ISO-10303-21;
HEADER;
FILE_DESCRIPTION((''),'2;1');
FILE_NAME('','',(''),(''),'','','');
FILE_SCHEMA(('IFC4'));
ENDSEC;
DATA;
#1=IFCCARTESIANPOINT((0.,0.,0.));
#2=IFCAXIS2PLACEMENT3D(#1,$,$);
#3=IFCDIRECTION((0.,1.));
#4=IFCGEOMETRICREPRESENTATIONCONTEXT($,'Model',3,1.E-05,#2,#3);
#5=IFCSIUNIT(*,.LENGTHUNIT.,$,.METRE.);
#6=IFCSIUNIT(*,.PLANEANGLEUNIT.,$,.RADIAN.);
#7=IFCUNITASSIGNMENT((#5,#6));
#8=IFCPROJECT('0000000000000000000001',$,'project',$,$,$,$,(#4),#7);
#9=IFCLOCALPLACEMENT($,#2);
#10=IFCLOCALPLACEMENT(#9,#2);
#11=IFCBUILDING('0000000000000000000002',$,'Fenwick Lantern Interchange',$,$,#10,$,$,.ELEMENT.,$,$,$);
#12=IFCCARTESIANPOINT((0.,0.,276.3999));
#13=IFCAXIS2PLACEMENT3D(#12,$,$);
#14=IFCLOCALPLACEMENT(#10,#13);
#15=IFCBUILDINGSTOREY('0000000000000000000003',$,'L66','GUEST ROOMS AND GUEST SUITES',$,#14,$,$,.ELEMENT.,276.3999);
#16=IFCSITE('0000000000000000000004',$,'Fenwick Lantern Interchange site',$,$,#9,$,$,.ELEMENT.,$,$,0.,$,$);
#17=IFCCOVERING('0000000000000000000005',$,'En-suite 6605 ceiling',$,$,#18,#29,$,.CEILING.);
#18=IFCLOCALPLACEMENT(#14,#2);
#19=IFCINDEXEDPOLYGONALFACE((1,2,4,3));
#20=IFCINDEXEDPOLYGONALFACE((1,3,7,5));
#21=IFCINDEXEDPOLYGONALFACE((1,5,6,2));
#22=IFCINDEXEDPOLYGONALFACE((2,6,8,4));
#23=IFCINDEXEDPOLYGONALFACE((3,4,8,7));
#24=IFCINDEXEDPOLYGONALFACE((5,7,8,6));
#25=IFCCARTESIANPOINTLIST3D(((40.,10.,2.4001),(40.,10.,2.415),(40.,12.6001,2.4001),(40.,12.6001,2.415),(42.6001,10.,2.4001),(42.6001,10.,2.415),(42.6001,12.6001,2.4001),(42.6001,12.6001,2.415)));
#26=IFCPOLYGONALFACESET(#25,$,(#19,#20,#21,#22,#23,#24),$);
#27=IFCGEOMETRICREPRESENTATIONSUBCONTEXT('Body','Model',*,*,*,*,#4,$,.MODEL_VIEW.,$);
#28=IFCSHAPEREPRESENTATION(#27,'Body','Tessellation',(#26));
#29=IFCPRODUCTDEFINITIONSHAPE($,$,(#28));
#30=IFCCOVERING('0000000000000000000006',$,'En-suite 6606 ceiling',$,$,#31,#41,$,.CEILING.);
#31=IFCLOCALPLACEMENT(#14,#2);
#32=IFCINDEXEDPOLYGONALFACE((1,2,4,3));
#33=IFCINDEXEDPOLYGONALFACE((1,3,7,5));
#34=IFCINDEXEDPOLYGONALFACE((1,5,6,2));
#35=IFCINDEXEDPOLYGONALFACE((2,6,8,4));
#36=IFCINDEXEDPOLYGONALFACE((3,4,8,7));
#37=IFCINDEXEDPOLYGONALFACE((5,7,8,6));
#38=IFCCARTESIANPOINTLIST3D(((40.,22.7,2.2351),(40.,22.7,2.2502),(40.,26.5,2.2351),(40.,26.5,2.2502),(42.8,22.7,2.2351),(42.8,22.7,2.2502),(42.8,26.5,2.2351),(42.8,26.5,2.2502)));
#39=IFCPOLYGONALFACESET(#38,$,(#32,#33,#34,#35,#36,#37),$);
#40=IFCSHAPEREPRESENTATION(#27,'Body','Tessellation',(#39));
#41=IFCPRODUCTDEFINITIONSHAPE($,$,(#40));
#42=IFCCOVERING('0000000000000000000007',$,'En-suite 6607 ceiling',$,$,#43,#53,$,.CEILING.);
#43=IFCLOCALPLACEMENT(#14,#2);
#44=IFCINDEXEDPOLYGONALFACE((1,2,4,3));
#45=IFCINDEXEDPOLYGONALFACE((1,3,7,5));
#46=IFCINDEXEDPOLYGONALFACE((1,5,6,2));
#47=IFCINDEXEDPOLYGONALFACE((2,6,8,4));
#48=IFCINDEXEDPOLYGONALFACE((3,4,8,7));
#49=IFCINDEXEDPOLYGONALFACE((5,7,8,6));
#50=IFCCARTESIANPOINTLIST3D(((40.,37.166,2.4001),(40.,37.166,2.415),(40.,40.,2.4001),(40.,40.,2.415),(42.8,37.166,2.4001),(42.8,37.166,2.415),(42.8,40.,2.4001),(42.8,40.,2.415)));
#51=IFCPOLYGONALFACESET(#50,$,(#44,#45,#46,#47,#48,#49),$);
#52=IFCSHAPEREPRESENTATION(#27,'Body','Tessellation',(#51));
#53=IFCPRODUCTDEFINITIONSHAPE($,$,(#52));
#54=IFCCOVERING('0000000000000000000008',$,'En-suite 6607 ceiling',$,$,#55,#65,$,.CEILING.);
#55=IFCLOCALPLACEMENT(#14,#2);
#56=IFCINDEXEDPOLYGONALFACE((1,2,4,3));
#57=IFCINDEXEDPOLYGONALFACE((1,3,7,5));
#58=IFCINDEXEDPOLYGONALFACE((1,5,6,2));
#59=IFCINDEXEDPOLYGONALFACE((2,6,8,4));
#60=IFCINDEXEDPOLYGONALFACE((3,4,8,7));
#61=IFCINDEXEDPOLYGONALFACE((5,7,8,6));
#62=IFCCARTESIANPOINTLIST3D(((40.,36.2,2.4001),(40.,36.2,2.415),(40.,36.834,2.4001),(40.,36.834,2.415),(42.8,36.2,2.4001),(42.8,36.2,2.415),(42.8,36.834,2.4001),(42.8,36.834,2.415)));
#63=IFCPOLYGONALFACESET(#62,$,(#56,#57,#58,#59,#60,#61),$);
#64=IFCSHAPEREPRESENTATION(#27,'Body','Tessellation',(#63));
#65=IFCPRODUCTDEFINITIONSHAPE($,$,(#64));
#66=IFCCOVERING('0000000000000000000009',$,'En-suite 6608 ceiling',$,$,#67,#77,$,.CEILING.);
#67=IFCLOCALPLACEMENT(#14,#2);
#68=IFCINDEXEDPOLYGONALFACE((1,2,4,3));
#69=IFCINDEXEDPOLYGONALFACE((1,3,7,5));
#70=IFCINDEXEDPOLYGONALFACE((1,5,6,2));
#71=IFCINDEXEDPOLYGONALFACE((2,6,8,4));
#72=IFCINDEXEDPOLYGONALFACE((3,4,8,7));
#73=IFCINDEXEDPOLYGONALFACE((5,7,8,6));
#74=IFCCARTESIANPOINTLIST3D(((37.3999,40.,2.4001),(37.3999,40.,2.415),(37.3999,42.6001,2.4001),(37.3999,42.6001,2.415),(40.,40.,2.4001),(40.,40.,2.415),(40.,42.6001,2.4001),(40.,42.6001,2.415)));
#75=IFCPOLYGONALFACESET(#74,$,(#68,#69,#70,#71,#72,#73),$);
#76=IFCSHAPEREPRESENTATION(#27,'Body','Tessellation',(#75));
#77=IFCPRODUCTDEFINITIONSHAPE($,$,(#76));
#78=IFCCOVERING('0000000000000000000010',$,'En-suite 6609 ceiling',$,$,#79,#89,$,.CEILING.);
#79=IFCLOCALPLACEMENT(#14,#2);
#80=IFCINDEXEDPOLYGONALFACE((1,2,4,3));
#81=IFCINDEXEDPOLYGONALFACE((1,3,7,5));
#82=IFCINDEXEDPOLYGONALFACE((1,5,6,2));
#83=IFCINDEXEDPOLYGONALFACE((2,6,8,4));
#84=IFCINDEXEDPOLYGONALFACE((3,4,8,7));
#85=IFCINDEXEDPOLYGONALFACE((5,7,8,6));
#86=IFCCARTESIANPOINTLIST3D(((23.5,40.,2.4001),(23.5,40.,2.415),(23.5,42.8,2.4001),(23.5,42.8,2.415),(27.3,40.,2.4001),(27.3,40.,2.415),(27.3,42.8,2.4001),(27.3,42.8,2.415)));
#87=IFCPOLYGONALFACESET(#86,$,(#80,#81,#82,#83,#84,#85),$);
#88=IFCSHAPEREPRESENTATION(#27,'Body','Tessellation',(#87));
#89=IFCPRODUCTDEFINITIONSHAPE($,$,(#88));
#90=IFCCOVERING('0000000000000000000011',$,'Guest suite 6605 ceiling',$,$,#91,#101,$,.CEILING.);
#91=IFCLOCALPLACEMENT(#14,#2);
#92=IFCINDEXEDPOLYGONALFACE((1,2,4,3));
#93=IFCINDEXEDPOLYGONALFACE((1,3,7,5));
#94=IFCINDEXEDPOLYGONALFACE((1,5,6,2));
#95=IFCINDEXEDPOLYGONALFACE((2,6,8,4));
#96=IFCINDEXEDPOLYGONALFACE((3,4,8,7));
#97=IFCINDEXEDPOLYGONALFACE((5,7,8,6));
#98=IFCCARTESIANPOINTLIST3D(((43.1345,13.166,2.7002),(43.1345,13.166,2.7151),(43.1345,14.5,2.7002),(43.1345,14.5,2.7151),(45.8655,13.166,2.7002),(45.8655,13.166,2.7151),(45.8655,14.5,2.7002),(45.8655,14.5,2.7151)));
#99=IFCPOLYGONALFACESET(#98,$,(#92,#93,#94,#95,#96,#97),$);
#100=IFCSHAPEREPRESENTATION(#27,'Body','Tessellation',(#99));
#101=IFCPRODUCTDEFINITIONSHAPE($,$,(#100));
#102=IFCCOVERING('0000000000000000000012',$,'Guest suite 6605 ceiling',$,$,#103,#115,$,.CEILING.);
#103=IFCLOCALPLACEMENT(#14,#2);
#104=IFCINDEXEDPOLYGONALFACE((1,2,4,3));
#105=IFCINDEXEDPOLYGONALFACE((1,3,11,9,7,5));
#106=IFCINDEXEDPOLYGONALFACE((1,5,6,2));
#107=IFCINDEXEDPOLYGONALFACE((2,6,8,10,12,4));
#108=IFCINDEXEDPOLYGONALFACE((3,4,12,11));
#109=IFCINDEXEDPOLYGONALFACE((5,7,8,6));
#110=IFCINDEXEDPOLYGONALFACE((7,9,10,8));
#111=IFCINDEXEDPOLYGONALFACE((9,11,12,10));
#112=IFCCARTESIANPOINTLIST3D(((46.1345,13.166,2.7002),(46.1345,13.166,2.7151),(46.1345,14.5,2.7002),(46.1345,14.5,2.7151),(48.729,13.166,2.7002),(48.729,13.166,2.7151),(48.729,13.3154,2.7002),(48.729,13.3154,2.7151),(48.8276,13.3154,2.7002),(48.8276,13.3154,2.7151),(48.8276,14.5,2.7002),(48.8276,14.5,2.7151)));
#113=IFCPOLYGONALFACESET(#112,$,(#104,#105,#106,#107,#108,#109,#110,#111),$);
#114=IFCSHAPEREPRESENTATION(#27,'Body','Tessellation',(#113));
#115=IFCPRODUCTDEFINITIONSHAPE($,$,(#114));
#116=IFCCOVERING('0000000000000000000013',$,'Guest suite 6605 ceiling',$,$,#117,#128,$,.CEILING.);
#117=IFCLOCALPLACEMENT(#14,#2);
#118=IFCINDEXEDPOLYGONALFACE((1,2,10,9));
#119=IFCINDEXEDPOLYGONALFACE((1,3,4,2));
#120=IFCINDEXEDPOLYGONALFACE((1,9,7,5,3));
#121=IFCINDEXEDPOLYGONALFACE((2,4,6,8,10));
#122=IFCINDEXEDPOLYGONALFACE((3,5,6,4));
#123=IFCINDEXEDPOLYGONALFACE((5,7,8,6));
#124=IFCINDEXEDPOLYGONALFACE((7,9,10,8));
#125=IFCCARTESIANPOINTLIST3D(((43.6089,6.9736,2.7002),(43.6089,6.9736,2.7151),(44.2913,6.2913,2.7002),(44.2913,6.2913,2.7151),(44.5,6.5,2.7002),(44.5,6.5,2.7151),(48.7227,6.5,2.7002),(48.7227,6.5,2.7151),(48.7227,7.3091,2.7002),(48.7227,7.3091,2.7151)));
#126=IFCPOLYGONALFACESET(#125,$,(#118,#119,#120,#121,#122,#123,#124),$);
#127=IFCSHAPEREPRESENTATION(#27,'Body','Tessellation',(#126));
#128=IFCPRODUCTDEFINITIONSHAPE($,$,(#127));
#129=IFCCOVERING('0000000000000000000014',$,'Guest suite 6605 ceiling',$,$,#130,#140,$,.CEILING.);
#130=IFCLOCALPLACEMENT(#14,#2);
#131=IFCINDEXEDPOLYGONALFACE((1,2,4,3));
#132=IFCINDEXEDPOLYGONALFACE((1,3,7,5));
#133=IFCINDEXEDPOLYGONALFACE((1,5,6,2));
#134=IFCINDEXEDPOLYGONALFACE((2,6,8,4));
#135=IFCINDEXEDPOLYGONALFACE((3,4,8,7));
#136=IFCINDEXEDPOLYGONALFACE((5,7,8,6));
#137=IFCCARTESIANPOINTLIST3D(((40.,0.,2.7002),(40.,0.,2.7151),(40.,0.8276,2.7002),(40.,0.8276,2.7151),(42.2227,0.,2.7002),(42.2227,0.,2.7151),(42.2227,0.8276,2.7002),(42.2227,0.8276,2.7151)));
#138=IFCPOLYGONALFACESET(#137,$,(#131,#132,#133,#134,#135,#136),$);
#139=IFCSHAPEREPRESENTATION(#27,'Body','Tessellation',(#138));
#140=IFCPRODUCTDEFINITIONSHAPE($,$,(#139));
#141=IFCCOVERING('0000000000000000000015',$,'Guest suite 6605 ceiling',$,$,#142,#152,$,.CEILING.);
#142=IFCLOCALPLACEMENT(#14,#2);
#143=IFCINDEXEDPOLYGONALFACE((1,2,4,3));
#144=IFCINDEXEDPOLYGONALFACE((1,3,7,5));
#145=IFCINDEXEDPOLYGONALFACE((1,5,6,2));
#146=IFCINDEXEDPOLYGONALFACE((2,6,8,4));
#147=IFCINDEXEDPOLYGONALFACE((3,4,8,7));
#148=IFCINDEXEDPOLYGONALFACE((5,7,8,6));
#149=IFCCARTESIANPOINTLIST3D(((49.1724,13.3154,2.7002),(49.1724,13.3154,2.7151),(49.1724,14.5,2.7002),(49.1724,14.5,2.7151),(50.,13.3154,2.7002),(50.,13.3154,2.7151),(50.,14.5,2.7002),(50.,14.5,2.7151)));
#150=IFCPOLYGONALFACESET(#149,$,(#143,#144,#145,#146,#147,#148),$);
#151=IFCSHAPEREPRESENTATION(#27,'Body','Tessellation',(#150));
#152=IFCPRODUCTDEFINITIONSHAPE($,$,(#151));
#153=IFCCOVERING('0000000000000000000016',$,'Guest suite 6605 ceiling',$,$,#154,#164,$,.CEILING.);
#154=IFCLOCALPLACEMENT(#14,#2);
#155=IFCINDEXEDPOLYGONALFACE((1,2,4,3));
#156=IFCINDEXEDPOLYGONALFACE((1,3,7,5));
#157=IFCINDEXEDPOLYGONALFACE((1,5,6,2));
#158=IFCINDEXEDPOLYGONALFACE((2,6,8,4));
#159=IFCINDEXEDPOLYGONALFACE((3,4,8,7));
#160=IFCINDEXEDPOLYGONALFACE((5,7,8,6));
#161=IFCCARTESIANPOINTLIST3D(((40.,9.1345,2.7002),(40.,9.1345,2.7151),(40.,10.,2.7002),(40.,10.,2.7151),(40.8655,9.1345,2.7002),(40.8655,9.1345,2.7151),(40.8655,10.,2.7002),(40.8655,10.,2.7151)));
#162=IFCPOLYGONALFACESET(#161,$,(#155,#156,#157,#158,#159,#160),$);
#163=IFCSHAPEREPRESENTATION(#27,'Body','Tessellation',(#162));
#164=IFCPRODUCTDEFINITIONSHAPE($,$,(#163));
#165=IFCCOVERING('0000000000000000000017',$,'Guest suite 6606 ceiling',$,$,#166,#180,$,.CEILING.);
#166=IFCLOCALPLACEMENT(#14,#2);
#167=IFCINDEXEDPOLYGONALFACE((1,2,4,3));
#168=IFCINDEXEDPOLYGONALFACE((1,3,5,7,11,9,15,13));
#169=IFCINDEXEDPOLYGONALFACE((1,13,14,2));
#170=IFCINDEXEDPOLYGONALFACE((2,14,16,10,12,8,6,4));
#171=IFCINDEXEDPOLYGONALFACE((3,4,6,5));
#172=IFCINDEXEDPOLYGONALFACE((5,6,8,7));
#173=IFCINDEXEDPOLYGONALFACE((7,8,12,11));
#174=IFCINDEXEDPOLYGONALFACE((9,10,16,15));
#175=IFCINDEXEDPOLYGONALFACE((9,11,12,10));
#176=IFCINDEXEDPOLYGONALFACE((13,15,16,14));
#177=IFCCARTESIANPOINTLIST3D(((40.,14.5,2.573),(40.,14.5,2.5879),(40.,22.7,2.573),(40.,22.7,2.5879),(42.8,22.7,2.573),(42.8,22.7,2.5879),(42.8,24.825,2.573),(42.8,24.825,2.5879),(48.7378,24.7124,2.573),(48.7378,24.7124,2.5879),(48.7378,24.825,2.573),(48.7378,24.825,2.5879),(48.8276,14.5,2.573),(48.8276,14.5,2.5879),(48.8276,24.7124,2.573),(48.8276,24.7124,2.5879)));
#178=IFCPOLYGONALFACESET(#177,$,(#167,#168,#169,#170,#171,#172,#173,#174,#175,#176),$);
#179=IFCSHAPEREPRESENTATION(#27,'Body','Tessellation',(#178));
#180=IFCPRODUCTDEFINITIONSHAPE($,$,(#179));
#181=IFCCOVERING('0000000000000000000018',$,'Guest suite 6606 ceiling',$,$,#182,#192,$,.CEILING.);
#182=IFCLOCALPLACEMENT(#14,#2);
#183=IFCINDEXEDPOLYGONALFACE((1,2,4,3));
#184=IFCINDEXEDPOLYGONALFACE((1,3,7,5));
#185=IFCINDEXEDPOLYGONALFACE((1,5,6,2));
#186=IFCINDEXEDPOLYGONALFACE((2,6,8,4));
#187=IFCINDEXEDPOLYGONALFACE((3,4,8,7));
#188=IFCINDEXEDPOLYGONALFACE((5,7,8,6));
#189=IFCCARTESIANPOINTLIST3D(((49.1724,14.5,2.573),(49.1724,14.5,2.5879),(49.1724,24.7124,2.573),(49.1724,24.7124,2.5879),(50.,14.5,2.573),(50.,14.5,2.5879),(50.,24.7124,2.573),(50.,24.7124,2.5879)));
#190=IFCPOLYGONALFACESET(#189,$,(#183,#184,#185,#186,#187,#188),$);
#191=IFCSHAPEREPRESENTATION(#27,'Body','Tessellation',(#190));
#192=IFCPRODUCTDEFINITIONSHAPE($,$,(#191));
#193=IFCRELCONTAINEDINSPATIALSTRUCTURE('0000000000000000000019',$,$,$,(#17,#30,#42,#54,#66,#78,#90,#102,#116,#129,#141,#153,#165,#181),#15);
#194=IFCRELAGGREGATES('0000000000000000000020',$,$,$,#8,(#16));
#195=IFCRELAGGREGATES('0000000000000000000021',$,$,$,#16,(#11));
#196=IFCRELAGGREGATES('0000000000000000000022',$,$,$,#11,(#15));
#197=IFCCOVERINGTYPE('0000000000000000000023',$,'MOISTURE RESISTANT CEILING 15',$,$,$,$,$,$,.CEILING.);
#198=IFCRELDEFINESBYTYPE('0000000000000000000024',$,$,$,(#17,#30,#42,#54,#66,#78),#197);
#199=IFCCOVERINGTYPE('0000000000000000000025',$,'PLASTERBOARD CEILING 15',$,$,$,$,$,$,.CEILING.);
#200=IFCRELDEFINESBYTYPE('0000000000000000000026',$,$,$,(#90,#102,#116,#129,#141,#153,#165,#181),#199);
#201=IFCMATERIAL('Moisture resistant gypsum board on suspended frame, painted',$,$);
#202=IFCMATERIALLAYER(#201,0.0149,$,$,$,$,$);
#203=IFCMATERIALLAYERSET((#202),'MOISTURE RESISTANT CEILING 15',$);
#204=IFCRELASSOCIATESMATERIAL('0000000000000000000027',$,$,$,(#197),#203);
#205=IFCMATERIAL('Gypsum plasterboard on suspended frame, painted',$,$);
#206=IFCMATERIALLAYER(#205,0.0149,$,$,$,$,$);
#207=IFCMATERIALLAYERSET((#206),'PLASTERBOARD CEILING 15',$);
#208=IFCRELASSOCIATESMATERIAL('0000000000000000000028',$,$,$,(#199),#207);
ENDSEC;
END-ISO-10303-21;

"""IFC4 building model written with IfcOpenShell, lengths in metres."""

from ifc_helpers import new_model, si_unit, direction, frame, origin, place, context, subcontext, project, spatial, polyline, outline, extrude, material, layer, layer_set, type_object, element, save


model = new_model("IFC4")

# Units and contexts
model_context = context("Model", 3, precision=1e-05, world=origin(), true_north=direction((0.0, 1.0)))
body_context = subcontext(model_context, "Body", "Model", "MODEL_VIEW")
ifc_project = project(units=[si_unit("LENGTHUNIT", "METRE"), si_unit("PLANEANGLEUNIT", "RADIAN")], contexts=[model_context])

# Site, building, storey
site_placement = place(None, origin())
site = spatial("IfcSite", under=ifc_project, at=site_placement, Name="Fenwick Lantern Interchange site", CompositionType="ELEMENT", RefElevation=0.0)
building_placement = place(site_placement, origin())
building = spatial("IfcBuilding", under=site, at=building_placement, Name="Fenwick Lantern Interchange", CompositionType="ELEMENT")
storey_placement = place(building_placement, frame((0.0, 0.0, 276.3999)))
storey = spatial("IfcBuildingStorey", under=building, at=storey_placement, Name="L66", Description="GUEST ROOMS AND GUEST SUITES", CompositionType="ELEMENT", Elevation=276.3999)

# Coverings
ifc_material_1 = material(Name="Moisture resistant gypsum board on suspended frame, painted")
ifc_layer_1 = layer(ifc_material_1, 0.0149)
ifc_layer_set_1 = layer_set([ifc_layer_1], Name="MOISTURE RESISTANT CEILING 15")
covering_type_1 = type_object("IfcCoveringType", Name="MOISTURE RESISTANT CEILING 15", PredefinedType="CEILING", material=ifc_layer_set_1)
covering_1_placement = place(storey_placement, frame((0.0, 0.0, 2.4001)))
element("IfcCovering", 1, at=covering_1_placement, inside=storey, type_object=covering_type_1, Name="En-suite 6605 ceiling", PredefinedType="CEILING", context=body_context, shape_type="SweptSolid", body=[
    extrude(outline(polyline([(42.6001, 10.0), (42.6001, 12.6001), (40.0, 12.6001), (40.0, 10.0), (42.6001, 10.0)])), origin(), (0.0, 0.0, 1.0), 0.0149),
])
covering_2_placement = place(storey_placement, frame((0.0, 0.0, 2.2351)))
element("IfcCovering", 2, at=covering_2_placement, inside=storey, type_object=covering_type_1, Name="En-suite 6606 ceiling", PredefinedType="CEILING", context=body_context, shape_type="SweptSolid", body=[
    extrude(outline(polyline([(42.8, 22.7), (42.8, 26.5), (40.0, 26.5), (40.0, 22.7), (42.8, 22.7)])), origin(), (0.0, 0.0, 1.0), 0.0151),
])
covering_3_placement = place(storey_placement, frame((0.0, 0.0, 2.4001)))
element("IfcCovering", 3, at=covering_3_placement, inside=storey, type_object=covering_type_1, Name="En-suite 6607 ceiling", PredefinedType="CEILING", context=body_context, shape_type="SweptSolid", body=[
    extrude(outline(polyline([(40.0, 40.0), (40.0, 37.166), (42.8, 37.166), (42.8, 40.0), (40.0, 40.0)])), origin(), (0.0, 0.0, 1.0), 0.0149),
])
covering_4_placement = place(storey_placement, frame((0.0, 0.0, 2.4001)))
element("IfcCovering", 4, at=covering_4_placement, inside=storey, type_object=covering_type_1, Name="En-suite 6607 ceiling", PredefinedType="CEILING", context=body_context, shape_type="SweptSolid", body=[
    extrude(outline(polyline([(42.8, 36.2), (42.8, 36.834), (40.0, 36.834), (40.0, 36.2), (42.8, 36.2)])), origin(), (0.0, 0.0, 1.0), 0.0149),
])
covering_5_placement = place(storey_placement, frame((0.0, 0.0, 2.4001)))
element("IfcCovering", 5, at=covering_5_placement, inside=storey, type_object=covering_type_1, Name="En-suite 6608 ceiling", PredefinedType="CEILING", context=body_context, shape_type="SweptSolid", body=[
    extrude(outline(polyline([(40.0, 42.6001), (37.3999, 42.6001), (37.3999, 40.0), (40.0, 40.0), (40.0, 42.6001)])), origin(), (0.0, 0.0, 1.0), 0.0149),
])
covering_6_placement = place(storey_placement, frame((0.0, 0.0, 2.4001)))
element("IfcCovering", 6, at=covering_6_placement, inside=storey, type_object=covering_type_1, Name="En-suite 6609 ceiling", PredefinedType="CEILING", context=body_context, shape_type="SweptSolid", body=[
    extrude(outline(polyline([(27.3, 42.8), (23.5, 42.8), (23.5, 40.0), (27.3, 40.0), (27.3, 42.8)])), origin(), (0.0, 0.0, 1.0), 0.0149),
])
ifc_material_2 = material(Name="Gypsum plasterboard on suspended frame, painted")
ifc_layer_2 = layer(ifc_material_2, 0.0149)
ifc_layer_set_2 = layer_set([ifc_layer_2], Name="PLASTERBOARD CEILING 15")
covering_type_2 = type_object("IfcCoveringType", Name="PLASTERBOARD CEILING 15", PredefinedType="CEILING", material=ifc_layer_set_2)
covering_7_placement = place(storey_placement, frame((0.0, 0.0, 2.7002)))
element("IfcCovering", 7, at=covering_7_placement, inside=storey, type_object=covering_type_2, Name="Guest suite 6605 ceiling", PredefinedType="CEILING", context=body_context, shape_type="SweptSolid", body=[
    extrude(outline(polyline([(45.8655, 14.5), (43.1345, 14.5), (43.1345, 13.166), (45.8655, 13.166), (45.8655, 14.5)])), origin(), (0.0, 0.0, 1.0), 0.0149),
])
covering_8_placement = place(storey_placement, frame((0.0, 0.0, 2.7002)))
element("IfcCovering", 8, at=covering_8_placement, inside=storey, type_object=covering_type_2, Name="Guest suite 6605 ceiling", PredefinedType="CEILING", context=body_context, shape_type="SweptSolid", body=[
    extrude(outline(polyline([(48.8276, 14.5), (46.1345, 14.5), (46.1345, 13.166), (48.729, 13.166), (48.729, 13.3154), (48.8276, 13.3154), (48.8276, 14.5)])), origin(), (0.0, 0.0, 1.0), 0.0149),
])
covering_9_placement = place(storey_placement, frame((0.0, 0.0, 2.7002)))
element("IfcCovering", 9, at=covering_9_placement, inside=storey, type_object=covering_type_2, Name="Guest suite 6605 ceiling", PredefinedType="CEILING", context=body_context, shape_type="SweptSolid", body=[
    extrude(outline(polyline([(48.7227, 6.5), (48.7227, 7.3091), (43.6089, 6.9736), (44.2913, 6.2913), (44.5, 6.5), (48.7227, 6.5)])), origin(), (0.0, 0.0, 1.0), 0.0149),
])
covering_10_placement = place(storey_placement, frame((0.0, 0.0, 2.7002)))
element("IfcCovering", 10, at=covering_10_placement, inside=storey, type_object=covering_type_2, Name="Guest suite 6605 ceiling", PredefinedType="CEILING", context=body_context, shape_type="SweptSolid", body=[
    extrude(outline(polyline([(42.2227, 0.0), (42.2227, 0.8276), (40.0, 0.8276), (40.0, 0.0), (42.2227, 0.0)])), origin(), (0.0, 0.0, 1.0), 0.0149),
])
covering_11_placement = place(storey_placement, frame((0.0, 0.0, 2.7002)))
element("IfcCovering", 11, at=covering_11_placement, inside=storey, type_object=covering_type_2, Name="Guest suite 6605 ceiling", PredefinedType="CEILING", context=body_context, shape_type="SweptSolid", body=[
    extrude(outline(polyline([(50.0, 14.5), (49.1724, 14.5), (49.1724, 13.3154), (50.0, 13.3154), (50.0, 14.5)])), origin(), (0.0, 0.0, 1.0), 0.0149),
])
covering_12_placement = place(storey_placement, frame((0.0, 0.0, 2.7002)))
element("IfcCovering", 12, at=covering_12_placement, inside=storey, type_object=covering_type_2, Name="Guest suite 6605 ceiling", PredefinedType="CEILING", context=body_context, shape_type="SweptSolid", body=[
    extrude(outline(polyline([(40.0, 10.0), (40.0, 9.1345), (40.8655, 9.1345), (40.8655, 10.0), (40.0, 10.0)])), origin(), (0.0, 0.0, 1.0), 0.0149),
])
covering_13_placement = place(storey_placement, frame((0.0, 0.0, 2.573)))
element("IfcCovering", 13, at=covering_13_placement, inside=storey, type_object=covering_type_2, Name="Guest suite 6606 ceiling", PredefinedType="CEILING", context=body_context, shape_type="SweptSolid", body=[
    extrude(outline(polyline([(48.7378, 24.7124), (48.7378, 24.825), (42.8, 24.825), (42.8, 22.7), (40.0, 22.7), (40.0, 14.5), (48.8276, 14.5), (48.8276, 24.7124), (48.7378, 24.7124)])), origin(), (0.0, 0.0, 1.0), 0.0149),
])
covering_14_placement = place(storey_placement, frame((0.0, 0.0, 2.573)))
element("IfcCovering", 14, at=covering_14_placement, inside=storey, type_object=covering_type_2, Name="Guest suite 6606 ceiling", PredefinedType="CEILING", context=body_context, shape_type="SweptSolid", body=[
    extrude(outline(polyline([(50.0, 24.7124), (49.1724, 24.7124), (49.1724, 14.5), (50.0, 14.5), (50.0, 24.7124)])), origin(), (0.0, 0.0, 1.0), 0.0149),
])

save(model, "model.ifc")
